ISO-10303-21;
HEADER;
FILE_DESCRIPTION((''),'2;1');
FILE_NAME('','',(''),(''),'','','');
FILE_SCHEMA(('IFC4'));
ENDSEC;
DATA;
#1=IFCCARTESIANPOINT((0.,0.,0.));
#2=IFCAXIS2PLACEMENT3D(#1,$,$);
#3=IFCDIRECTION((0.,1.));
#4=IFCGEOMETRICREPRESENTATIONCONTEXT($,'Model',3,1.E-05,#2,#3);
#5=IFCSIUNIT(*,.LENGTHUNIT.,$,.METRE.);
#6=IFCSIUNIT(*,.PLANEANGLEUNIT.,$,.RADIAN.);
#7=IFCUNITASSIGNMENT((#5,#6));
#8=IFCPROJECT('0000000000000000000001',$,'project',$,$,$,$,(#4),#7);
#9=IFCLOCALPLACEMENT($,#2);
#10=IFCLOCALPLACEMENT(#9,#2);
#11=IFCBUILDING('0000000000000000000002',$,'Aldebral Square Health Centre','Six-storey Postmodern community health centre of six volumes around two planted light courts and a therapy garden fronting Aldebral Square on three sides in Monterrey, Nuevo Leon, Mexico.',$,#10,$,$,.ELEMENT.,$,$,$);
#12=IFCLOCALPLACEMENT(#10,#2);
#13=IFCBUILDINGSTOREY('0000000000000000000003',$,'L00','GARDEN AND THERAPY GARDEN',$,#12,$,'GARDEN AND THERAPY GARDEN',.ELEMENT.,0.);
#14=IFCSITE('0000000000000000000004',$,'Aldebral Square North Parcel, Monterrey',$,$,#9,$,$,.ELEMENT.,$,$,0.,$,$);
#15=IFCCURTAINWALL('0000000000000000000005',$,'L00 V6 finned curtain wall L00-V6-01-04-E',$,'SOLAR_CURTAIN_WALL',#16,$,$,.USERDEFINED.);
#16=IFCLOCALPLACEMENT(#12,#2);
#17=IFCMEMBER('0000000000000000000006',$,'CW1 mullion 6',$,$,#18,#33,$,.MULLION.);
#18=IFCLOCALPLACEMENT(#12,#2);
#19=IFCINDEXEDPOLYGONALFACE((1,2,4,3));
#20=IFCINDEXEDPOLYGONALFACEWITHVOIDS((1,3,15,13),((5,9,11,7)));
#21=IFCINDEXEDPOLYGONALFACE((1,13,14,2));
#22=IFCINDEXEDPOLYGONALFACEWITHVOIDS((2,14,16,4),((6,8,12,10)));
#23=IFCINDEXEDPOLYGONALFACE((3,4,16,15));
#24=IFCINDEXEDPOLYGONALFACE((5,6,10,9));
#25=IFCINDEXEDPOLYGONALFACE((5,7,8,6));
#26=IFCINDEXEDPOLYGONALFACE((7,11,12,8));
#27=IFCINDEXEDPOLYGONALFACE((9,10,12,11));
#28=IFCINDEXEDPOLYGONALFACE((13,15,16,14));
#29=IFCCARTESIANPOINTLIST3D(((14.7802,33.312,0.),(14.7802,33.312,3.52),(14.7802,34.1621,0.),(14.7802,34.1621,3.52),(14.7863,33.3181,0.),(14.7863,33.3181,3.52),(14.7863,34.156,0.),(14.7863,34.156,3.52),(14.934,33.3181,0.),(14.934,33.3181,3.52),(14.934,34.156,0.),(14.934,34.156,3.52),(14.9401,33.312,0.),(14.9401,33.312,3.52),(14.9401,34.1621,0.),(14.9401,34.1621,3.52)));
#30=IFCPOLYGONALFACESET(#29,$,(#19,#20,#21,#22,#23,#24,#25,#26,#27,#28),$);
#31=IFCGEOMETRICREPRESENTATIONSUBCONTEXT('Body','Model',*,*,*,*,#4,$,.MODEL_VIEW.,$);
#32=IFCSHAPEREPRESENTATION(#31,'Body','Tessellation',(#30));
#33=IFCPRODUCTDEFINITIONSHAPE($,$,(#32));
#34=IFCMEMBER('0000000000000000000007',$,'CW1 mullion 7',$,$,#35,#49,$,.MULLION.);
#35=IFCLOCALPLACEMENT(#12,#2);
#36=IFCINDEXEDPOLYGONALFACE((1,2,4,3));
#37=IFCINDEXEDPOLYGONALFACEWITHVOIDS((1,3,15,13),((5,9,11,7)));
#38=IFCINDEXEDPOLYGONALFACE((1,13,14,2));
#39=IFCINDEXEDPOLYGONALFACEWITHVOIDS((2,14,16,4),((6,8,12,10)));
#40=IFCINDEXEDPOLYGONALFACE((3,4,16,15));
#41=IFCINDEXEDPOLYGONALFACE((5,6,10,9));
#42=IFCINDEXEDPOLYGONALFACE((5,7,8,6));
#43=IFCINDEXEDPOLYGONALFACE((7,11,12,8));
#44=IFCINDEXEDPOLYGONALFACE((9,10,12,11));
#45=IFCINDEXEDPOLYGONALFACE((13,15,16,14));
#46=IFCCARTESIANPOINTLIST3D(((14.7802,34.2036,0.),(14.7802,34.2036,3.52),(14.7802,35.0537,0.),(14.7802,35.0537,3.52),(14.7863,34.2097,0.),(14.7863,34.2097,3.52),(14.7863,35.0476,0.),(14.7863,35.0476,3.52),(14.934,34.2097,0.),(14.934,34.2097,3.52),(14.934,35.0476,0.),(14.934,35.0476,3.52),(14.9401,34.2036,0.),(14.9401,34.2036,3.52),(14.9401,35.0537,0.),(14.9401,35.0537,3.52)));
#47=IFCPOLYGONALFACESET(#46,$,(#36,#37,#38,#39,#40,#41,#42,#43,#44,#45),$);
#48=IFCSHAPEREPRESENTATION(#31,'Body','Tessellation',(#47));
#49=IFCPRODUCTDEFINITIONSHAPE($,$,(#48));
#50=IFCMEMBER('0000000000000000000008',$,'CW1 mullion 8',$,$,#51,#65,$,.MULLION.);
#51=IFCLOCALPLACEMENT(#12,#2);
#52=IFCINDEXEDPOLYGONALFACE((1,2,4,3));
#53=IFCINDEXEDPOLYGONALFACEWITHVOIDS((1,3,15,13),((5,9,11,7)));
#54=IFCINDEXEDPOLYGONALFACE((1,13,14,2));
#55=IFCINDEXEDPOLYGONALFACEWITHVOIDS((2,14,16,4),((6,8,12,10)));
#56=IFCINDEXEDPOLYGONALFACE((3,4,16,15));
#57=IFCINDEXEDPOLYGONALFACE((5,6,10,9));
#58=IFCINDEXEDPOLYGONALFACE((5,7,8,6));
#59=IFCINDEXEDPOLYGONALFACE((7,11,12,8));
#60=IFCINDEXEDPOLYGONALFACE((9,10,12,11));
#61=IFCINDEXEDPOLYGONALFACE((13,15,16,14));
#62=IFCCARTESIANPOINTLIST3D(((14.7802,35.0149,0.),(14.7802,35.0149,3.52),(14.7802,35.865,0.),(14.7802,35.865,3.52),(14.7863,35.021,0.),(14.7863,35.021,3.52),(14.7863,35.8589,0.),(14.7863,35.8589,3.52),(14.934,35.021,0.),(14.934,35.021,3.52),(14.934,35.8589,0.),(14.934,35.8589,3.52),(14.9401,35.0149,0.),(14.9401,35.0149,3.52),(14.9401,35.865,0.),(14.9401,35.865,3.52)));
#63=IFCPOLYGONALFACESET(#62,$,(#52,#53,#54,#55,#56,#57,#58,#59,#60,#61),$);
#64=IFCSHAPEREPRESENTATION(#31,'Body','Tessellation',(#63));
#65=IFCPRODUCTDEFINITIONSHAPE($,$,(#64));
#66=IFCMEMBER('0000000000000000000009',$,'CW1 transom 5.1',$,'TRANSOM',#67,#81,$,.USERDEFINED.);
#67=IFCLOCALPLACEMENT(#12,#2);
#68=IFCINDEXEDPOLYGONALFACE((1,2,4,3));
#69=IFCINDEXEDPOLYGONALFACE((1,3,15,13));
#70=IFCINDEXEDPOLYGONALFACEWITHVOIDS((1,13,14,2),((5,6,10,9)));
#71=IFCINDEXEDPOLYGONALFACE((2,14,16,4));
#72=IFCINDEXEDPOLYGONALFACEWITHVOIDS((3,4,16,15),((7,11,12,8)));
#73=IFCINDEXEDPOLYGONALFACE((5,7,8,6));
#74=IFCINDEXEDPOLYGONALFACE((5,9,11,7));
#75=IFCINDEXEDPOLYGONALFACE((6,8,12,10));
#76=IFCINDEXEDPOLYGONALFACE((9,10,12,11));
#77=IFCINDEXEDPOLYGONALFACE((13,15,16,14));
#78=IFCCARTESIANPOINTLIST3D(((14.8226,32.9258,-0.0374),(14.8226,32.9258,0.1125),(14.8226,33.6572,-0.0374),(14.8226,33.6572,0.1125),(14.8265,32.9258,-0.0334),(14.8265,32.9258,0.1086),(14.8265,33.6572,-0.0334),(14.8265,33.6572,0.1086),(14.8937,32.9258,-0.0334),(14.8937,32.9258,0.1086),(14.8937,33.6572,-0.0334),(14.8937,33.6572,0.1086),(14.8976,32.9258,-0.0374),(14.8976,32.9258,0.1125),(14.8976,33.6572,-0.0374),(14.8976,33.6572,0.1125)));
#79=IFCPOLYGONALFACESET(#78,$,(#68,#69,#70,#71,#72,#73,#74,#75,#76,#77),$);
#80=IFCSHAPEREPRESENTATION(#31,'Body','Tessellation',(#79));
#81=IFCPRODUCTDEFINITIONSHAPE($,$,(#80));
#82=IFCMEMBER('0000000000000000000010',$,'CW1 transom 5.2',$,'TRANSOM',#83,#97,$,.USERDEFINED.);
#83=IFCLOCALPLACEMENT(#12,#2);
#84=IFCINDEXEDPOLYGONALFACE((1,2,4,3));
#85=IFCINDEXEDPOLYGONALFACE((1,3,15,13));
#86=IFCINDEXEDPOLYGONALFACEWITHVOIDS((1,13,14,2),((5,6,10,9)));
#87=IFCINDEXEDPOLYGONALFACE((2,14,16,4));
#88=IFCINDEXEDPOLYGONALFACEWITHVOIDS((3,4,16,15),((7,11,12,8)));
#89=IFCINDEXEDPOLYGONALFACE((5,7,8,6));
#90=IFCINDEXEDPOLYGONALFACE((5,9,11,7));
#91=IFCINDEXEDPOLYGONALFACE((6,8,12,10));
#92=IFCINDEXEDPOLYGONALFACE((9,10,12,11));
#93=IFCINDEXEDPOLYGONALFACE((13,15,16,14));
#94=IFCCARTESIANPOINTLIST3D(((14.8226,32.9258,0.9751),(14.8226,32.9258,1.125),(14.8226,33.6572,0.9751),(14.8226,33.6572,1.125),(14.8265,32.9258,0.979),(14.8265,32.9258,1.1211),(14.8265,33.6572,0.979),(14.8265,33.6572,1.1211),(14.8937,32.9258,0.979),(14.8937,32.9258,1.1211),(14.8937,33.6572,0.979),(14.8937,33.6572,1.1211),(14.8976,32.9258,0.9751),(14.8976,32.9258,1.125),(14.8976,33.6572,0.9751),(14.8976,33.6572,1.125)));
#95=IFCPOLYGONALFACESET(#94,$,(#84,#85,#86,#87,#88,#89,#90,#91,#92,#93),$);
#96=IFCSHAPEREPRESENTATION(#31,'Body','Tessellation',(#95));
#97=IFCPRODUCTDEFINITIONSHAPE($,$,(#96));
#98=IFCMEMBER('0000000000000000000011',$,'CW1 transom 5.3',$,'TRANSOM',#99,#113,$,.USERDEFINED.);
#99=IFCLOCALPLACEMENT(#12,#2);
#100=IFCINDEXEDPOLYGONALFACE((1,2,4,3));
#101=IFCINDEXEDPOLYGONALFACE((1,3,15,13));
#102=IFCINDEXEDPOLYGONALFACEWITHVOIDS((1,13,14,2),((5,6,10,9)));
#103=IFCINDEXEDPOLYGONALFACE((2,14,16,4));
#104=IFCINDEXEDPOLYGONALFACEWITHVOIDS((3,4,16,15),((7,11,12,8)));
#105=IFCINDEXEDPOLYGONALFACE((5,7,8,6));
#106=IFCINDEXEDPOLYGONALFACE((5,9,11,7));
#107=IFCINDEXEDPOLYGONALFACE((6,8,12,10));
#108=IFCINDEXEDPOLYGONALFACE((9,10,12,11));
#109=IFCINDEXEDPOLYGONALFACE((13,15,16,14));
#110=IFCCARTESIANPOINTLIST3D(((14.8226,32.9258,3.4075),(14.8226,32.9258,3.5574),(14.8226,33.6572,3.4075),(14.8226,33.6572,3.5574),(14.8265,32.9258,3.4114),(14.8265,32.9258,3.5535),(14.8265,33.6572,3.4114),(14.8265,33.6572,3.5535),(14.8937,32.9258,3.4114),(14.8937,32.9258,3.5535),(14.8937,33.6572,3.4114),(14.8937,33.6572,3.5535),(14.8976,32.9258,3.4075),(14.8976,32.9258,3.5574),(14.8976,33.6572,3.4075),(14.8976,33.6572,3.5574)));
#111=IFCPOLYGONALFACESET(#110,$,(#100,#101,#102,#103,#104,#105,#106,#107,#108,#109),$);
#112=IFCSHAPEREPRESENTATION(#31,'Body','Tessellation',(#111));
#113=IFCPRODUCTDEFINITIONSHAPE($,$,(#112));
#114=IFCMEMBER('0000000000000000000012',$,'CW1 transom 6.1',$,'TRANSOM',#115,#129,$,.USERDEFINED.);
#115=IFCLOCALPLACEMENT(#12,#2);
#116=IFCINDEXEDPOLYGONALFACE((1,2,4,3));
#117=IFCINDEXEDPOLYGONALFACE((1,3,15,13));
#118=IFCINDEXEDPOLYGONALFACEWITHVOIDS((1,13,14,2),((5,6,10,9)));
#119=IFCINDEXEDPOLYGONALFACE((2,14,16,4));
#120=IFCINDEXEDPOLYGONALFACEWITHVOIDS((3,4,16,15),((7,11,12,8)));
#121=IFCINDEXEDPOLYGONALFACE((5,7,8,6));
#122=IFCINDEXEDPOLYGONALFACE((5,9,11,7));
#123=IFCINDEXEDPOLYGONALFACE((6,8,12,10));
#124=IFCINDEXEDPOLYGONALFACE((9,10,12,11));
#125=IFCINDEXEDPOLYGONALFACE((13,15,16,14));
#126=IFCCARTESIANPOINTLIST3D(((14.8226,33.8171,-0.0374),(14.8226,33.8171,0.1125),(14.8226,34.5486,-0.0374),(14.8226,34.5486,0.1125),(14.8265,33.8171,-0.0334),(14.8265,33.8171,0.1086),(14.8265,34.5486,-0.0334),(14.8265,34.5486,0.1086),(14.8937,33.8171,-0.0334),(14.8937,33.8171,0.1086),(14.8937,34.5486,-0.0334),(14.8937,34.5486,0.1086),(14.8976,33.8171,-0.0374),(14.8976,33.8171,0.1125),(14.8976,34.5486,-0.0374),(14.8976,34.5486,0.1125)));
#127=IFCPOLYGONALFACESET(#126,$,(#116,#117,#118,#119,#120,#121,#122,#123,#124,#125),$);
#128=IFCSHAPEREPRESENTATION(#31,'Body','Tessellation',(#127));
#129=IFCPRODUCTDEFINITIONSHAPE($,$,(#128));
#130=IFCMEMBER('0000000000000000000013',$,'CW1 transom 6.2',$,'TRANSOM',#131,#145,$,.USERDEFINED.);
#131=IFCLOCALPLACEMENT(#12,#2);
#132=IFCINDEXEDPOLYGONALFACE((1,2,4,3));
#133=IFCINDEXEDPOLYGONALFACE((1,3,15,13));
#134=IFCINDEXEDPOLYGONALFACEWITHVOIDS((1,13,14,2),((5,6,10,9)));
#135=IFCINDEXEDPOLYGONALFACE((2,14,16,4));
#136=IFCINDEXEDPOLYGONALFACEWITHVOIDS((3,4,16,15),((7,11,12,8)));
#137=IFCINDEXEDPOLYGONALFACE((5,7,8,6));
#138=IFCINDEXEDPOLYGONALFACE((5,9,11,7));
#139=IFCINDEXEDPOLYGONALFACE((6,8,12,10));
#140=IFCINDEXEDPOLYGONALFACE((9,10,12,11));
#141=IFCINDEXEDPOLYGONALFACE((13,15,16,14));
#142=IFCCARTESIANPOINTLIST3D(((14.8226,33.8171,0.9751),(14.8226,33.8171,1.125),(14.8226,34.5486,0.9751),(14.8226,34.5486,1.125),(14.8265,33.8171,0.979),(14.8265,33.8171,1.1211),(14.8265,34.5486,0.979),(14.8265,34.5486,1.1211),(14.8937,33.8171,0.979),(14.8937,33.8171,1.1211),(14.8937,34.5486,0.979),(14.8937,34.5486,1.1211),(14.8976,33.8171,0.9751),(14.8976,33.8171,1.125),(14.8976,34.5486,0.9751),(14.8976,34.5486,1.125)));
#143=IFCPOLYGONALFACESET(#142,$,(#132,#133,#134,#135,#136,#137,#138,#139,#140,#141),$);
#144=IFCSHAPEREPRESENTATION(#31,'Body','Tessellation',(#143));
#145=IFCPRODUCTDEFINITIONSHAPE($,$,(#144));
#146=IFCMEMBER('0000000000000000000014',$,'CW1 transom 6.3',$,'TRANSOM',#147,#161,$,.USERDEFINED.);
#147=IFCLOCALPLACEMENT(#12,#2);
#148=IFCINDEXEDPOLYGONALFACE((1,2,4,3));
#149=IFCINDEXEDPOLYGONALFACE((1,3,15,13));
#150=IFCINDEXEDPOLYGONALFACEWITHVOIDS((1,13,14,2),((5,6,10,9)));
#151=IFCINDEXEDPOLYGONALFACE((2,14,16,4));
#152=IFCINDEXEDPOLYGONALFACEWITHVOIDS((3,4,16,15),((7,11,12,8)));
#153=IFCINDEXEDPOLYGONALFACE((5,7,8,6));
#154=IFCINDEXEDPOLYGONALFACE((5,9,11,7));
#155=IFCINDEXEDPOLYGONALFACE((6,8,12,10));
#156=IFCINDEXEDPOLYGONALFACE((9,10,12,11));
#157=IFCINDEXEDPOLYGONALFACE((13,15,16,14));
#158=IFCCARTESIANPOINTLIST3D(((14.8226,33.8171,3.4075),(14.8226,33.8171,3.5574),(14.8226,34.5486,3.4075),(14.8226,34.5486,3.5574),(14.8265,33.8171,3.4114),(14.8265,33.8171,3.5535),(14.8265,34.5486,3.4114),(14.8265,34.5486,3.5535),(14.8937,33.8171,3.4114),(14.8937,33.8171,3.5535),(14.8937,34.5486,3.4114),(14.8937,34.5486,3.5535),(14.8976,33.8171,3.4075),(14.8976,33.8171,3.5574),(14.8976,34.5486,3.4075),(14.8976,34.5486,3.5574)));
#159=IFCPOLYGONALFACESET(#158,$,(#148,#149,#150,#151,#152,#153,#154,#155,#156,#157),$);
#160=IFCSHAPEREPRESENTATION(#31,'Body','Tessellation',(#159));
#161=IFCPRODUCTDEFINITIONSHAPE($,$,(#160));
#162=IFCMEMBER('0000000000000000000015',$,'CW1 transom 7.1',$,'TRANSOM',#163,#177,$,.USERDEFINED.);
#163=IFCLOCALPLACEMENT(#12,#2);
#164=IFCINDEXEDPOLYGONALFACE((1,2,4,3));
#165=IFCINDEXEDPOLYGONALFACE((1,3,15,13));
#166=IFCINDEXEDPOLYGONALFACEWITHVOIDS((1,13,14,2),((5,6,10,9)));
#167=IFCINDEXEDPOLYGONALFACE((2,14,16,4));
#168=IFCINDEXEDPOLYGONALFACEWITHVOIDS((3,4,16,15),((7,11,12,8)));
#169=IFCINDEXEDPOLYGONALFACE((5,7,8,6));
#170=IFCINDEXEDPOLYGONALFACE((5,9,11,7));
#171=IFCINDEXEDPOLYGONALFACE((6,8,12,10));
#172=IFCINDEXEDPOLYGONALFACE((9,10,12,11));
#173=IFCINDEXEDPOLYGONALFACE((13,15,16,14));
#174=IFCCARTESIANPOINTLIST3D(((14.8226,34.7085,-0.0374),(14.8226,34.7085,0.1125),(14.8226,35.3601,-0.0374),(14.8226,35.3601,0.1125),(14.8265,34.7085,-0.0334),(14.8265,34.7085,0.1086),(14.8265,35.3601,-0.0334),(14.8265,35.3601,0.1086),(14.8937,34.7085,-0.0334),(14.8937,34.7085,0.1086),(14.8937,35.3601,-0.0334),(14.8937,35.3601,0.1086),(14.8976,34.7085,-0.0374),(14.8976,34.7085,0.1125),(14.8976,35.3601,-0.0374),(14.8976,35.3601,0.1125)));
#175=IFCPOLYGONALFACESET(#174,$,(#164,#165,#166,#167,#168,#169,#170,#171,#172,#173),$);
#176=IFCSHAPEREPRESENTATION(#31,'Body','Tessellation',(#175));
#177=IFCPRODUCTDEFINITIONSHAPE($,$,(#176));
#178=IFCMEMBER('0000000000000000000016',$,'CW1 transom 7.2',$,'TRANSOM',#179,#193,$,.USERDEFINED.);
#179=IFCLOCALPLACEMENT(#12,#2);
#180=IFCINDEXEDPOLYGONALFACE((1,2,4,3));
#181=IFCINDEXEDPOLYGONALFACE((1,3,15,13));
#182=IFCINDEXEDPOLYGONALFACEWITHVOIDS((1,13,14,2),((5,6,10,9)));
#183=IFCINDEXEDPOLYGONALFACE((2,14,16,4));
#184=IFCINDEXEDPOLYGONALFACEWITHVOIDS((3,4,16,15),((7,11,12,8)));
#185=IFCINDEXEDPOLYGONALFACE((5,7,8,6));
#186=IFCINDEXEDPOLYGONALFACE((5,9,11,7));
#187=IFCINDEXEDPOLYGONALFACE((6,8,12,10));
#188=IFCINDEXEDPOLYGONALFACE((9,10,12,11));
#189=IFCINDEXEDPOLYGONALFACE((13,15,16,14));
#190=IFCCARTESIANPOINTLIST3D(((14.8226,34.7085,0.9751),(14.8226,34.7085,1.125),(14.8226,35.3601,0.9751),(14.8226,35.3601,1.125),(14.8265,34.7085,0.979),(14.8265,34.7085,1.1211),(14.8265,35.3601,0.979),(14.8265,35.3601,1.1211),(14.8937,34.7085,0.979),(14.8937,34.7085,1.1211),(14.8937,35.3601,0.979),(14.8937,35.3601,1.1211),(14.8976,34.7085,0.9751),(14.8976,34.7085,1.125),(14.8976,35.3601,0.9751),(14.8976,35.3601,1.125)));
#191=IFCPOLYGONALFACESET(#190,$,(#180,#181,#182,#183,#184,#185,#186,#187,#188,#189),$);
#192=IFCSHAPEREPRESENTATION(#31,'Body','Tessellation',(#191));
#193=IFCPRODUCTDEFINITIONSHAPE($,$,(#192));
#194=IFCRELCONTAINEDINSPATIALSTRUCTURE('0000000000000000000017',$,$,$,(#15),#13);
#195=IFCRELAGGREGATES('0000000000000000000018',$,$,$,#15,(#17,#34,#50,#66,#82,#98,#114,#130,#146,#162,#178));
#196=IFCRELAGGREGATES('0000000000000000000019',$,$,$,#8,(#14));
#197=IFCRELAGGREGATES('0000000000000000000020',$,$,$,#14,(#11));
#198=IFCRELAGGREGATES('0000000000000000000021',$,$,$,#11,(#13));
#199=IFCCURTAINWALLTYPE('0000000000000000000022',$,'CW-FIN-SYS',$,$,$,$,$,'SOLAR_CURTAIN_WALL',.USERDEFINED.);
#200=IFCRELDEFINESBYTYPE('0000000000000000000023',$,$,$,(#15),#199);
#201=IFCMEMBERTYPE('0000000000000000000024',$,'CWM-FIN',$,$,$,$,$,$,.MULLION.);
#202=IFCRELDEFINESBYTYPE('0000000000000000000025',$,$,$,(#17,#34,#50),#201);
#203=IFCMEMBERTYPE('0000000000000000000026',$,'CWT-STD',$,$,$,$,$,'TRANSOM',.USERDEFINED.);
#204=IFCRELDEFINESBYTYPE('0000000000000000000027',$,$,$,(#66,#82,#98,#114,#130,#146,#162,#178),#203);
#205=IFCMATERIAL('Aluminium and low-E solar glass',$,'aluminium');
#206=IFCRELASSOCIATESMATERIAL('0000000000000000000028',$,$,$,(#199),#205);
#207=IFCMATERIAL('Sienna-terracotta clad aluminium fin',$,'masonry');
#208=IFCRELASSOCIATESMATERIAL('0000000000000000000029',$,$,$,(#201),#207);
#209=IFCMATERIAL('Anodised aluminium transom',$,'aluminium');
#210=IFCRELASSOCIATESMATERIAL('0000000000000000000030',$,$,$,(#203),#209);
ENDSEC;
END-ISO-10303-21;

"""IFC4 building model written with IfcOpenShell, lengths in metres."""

from ifc_helpers import new_model, si_unit, direction, frame, origin, origin_2d, place, context, subcontext, project, spatial, hollow_rectangle, extrude, material, material_profile, profile_set, type_object, element, aggregate, save


model = new_model("IFC4")

# Units and contexts
model_context = context("Model", 3, precision=1e-05, world=origin(), true_north=direction((0.0, 1.0)))
body_context = subcontext(model_context, "Body", "Model", "MODEL_VIEW")
ifc_project = project(units=[si_unit("LENGTHUNIT", "METRE"), si_unit("PLANEANGLEUNIT", "RADIAN")], contexts=[model_context])

# Site, building, storey
site_placement = place(None, origin())
site = spatial("IfcSite", under=ifc_project, at=site_placement, Name="Aldebral Square North Parcel, Monterrey", CompositionType="ELEMENT", RefElevation=0.0)
building_placement = place(site_placement, origin())
building = spatial("IfcBuilding", under=site, at=building_placement, Name="Aldebral Square Health Centre", Description="Six-storey Postmodern community health centre of six volumes around two planted light courts and a therapy garden fronting Aldebral Square on three sides in Monterrey, Nuevo Leon, Mexico.", CompositionType="ELEMENT")
storey_placement = place(building_placement, origin())
storey = spatial("IfcBuildingStorey", under=building, at=storey_placement, Name="L00", Description="GARDEN AND THERAPY GARDEN", LongName="GARDEN AND THERAPY GARDEN", CompositionType="ELEMENT", Elevation=0.0)

# Curtain wall, members
ifc_material_1 = material(Name="Aluminium and low-E solar glass", Category="aluminium")
curtain_wall_type = type_object("IfcCurtainWallType", Name="CW-FIN-SYS", ElementType="SOLAR_CURTAIN_WALL", PredefinedType="USERDEFINED", material=ifc_material_1)
curtain_wall_placement = place(storey_placement, origin())
curtain_wall = element("IfcCurtainWall", 1, at=curtain_wall_placement, inside=storey, type_object=curtain_wall_type, Name="L00 V6 finned curtain wall L00-V6-01-04-E", ObjectType="SOLAR_CURTAIN_WALL", PredefinedType="USERDEFINED")
ifc_material_2 = material(Name="Sienna-terracotta clad aluminium fin", Category="masonry")
ifc_material_profile_1 = material_profile(ifc_material_2, hollow_rectangle(XDim=0.1599, YDim=0.8501, WallThickness=0.0061, at=origin_2d()), Name="FIN 160x850x6")
ifc_profile_set_1 = profile_set([ifc_material_profile_1], Name="Sienna-terracotta clad aluminium fin")
member_type_1 = type_object("IfcMemberType", Name="CWM-FIN", PredefinedType="MULLION", material=ifc_profile_set_1)
member_1_placement = place(storey_placement, frame((14.8601, 33.7371, 0.0), z_axis=(0.0, 0.0, 1.0), x_axis=(-1.0, 0.0, 0.0)))
member_1 = element("IfcMember", 2, at=member_1_placement, type_object=member_type_1, Name="CW1 mullion 6", PredefinedType="MULLION", context=body_context, shape_type="SweptSolid", body=[
    extrude(hollow_rectangle(XDim=0.1599, YDim=0.8501, WallThickness=0.0061, at=origin_2d()), origin(), (0.0, 0.0, 1.0), 3.52),
])
member_2_placement = place(storey_placement, frame((14.8601, 34.6287, 0.0), z_axis=(0.0, 0.0, 1.0), x_axis=(-1.0, 0.0, 0.0)))
member_2 = element("IfcMember", 3, at=member_2_placement, type_object=member_type_1, Name="CW1 mullion 7", PredefinedType="MULLION", context=body_context, shape_type="SweptSolid", body=[
    extrude(hollow_rectangle(XDim=0.1599, YDim=0.8501, WallThickness=0.0061, at=origin_2d()), origin(), (0.0, 0.0, 1.0), 3.52),
])
member_3_placement = place(storey_placement, frame((14.8601, 35.4399, 0.0), z_axis=(0.0, 0.0, 1.0), x_axis=(-1.0, 0.0, 0.0)))
member_3 = element("IfcMember", 4, at=member_3_placement, type_object=member_type_1, Name="CW1 mullion 8", PredefinedType="MULLION", context=body_context, shape_type="SweptSolid", body=[
    extrude(hollow_rectangle(XDim=0.1599, YDim=0.8501, WallThickness=0.0061, at=origin_2d()), origin(), (0.0, 0.0, 1.0), 3.52),
])
ifc_material_3 = material(Name="Anodised aluminium transom", Category="aluminium")
ifc_material_profile_2 = material_profile(ifc_material_3, hollow_rectangle(XDim=0.075, YDim=0.1499, WallThickness=0.0039, at=origin_2d()), Name="CWT 75x150x4")
ifc_profile_set_2 = profile_set([ifc_material_profile_2], Name="Anodised aluminium transom")
member_type_2 = type_object("IfcMemberType", Name="CWT-STD", ElementType="TRANSOM", PredefinedType="USERDEFINED", material=ifc_profile_set_2)
member_4_placement = place(storey_placement, frame((14.8601, 32.9258, 0.0376), z_axis=(0.0, 1.0, 0.0), x_axis=(-1.0, 0.0, 0.0)))
member_4 = element("IfcMember", 5, at=member_4_placement, type_object=member_type_2, Name="CW1 transom 5.1", ObjectType="TRANSOM", PredefinedType="USERDEFINED", context=body_context, shape_type="SweptSolid", body=[
    extrude(hollow_rectangle(XDim=0.075, YDim=0.1499, WallThickness=0.0039, at=origin_2d()), origin(), (0.0, 0.0, 1.0), 0.7314),
])
member_5_placement = place(storey_placement, frame((14.8601, 32.9258, 1.05), z_axis=(0.0, 1.0, 0.0), x_axis=(-1.0, 0.0, 0.0)))
member_5 = element("IfcMember", 6, at=member_5_placement, type_object=member_type_2, Name="CW1 transom 5.2", ObjectType="TRANSOM", PredefinedType="USERDEFINED", context=body_context, shape_type="SweptSolid", body=[
    extrude(hollow_rectangle(XDim=0.075, YDim=0.1499, WallThickness=0.0039, at=origin_2d()), origin(), (0.0, 0.0, 1.0), 0.7314),
])
member_6_placement = place(storey_placement, frame((14.8601, 32.9258, 3.4824), z_axis=(0.0, 1.0, 0.0), x_axis=(-1.0, 0.0, 0.0)))
member_6 = element("IfcMember", 7, at=member_6_placement, type_object=member_type_2, Name="CW1 transom 5.3", ObjectType="TRANSOM", PredefinedType="USERDEFINED", context=body_context, shape_type="SweptSolid", body=[
    extrude(hollow_rectangle(XDim=0.075, YDim=0.1499, WallThickness=0.0039, at=origin_2d()), origin(), (0.0, 0.0, 1.0), 0.7314),
])
member_7_placement = place(storey_placement, frame((14.8601, 33.8171, 0.0376), z_axis=(0.0, 1.0, 0.0), x_axis=(-1.0, 0.0, 0.0)))
member_7 = element("IfcMember", 8, at=member_7_placement, type_object=member_type_2, Name="CW1 transom 6.1", ObjectType="TRANSOM", PredefinedType="USERDEFINED", context=body_context, shape_type="SweptSolid", body=[
    extrude(hollow_rectangle(XDim=0.075, YDim=0.1499, WallThickness=0.0039, at=origin_2d()), origin(), (0.0, 0.0, 1.0), 0.7314),
])
member_8_placement = place(storey_placement, frame((14.8601, 33.8171, 1.05), z_axis=(0.0, 1.0, 0.0), x_axis=(-1.0, 0.0, 0.0)))
member_8 = element("IfcMember", 9, at=member_8_placement, type_object=member_type_2, Name="CW1 transom 6.2", ObjectType="TRANSOM", PredefinedType="USERDEFINED", context=body_context, shape_type="SweptSolid", body=[
    extrude(hollow_rectangle(XDim=0.075, YDim=0.1499, WallThickness=0.0039, at=origin_2d()), origin(), (0.0, 0.0, 1.0), 0.7314),
])
member_9_placement = place(storey_placement, frame((14.8601, 33.8171, 3.4824), z_axis=(0.0, 1.0, 0.0), x_axis=(-1.0, 0.0, 0.0)))
member_9 = element("IfcMember", 10, at=member_9_placement, type_object=member_type_2, Name="CW1 transom 6.3", ObjectType="TRANSOM", PredefinedType="USERDEFINED", context=body_context, shape_type="SweptSolid", body=[
    extrude(hollow_rectangle(XDim=0.075, YDim=0.1499, WallThickness=0.0039, at=origin_2d()), origin(), (0.0, 0.0, 1.0), 0.7314),
])
member_10_placement = place(storey_placement, frame((14.8601, 34.7085, 0.0376), z_axis=(0.0, 1.0, 0.0), x_axis=(-1.0, 0.0, 0.0)))
member_10 = element("IfcMember", 11, at=member_10_placement, type_object=member_type_2, Name="CW1 transom 7.1", ObjectType="TRANSOM", PredefinedType="USERDEFINED", context=body_context, shape_type="SweptSolid", body=[
    extrude(hollow_rectangle(XDim=0.075, YDim=0.1499, WallThickness=0.0039, at=origin_2d()), origin(), (0.0, 0.0, 1.0), 0.6516),
])
member_11_placement = place(storey_placement, frame((14.8601, 34.7085, 1.05), z_axis=(0.0, 1.0, 0.0), x_axis=(-1.0, 0.0, 0.0)))
member_11 = element("IfcMember", 12, at=member_11_placement, type_object=member_type_2, Name="CW1 transom 7.2", ObjectType="TRANSOM", PredefinedType="USERDEFINED", context=body_context, shape_type="SweptSolid", body=[
    extrude(hollow_rectangle(XDim=0.075, YDim=0.1499, WallThickness=0.0039, at=origin_2d()), origin(), (0.0, 0.0, 1.0), 0.6516),
])
aggregate(curtain_wall, [member_1, member_2, member_3, member_4, member_5, member_6, member_7, member_8, member_9, member_10, member_11])

save(model, "model.ifc")
